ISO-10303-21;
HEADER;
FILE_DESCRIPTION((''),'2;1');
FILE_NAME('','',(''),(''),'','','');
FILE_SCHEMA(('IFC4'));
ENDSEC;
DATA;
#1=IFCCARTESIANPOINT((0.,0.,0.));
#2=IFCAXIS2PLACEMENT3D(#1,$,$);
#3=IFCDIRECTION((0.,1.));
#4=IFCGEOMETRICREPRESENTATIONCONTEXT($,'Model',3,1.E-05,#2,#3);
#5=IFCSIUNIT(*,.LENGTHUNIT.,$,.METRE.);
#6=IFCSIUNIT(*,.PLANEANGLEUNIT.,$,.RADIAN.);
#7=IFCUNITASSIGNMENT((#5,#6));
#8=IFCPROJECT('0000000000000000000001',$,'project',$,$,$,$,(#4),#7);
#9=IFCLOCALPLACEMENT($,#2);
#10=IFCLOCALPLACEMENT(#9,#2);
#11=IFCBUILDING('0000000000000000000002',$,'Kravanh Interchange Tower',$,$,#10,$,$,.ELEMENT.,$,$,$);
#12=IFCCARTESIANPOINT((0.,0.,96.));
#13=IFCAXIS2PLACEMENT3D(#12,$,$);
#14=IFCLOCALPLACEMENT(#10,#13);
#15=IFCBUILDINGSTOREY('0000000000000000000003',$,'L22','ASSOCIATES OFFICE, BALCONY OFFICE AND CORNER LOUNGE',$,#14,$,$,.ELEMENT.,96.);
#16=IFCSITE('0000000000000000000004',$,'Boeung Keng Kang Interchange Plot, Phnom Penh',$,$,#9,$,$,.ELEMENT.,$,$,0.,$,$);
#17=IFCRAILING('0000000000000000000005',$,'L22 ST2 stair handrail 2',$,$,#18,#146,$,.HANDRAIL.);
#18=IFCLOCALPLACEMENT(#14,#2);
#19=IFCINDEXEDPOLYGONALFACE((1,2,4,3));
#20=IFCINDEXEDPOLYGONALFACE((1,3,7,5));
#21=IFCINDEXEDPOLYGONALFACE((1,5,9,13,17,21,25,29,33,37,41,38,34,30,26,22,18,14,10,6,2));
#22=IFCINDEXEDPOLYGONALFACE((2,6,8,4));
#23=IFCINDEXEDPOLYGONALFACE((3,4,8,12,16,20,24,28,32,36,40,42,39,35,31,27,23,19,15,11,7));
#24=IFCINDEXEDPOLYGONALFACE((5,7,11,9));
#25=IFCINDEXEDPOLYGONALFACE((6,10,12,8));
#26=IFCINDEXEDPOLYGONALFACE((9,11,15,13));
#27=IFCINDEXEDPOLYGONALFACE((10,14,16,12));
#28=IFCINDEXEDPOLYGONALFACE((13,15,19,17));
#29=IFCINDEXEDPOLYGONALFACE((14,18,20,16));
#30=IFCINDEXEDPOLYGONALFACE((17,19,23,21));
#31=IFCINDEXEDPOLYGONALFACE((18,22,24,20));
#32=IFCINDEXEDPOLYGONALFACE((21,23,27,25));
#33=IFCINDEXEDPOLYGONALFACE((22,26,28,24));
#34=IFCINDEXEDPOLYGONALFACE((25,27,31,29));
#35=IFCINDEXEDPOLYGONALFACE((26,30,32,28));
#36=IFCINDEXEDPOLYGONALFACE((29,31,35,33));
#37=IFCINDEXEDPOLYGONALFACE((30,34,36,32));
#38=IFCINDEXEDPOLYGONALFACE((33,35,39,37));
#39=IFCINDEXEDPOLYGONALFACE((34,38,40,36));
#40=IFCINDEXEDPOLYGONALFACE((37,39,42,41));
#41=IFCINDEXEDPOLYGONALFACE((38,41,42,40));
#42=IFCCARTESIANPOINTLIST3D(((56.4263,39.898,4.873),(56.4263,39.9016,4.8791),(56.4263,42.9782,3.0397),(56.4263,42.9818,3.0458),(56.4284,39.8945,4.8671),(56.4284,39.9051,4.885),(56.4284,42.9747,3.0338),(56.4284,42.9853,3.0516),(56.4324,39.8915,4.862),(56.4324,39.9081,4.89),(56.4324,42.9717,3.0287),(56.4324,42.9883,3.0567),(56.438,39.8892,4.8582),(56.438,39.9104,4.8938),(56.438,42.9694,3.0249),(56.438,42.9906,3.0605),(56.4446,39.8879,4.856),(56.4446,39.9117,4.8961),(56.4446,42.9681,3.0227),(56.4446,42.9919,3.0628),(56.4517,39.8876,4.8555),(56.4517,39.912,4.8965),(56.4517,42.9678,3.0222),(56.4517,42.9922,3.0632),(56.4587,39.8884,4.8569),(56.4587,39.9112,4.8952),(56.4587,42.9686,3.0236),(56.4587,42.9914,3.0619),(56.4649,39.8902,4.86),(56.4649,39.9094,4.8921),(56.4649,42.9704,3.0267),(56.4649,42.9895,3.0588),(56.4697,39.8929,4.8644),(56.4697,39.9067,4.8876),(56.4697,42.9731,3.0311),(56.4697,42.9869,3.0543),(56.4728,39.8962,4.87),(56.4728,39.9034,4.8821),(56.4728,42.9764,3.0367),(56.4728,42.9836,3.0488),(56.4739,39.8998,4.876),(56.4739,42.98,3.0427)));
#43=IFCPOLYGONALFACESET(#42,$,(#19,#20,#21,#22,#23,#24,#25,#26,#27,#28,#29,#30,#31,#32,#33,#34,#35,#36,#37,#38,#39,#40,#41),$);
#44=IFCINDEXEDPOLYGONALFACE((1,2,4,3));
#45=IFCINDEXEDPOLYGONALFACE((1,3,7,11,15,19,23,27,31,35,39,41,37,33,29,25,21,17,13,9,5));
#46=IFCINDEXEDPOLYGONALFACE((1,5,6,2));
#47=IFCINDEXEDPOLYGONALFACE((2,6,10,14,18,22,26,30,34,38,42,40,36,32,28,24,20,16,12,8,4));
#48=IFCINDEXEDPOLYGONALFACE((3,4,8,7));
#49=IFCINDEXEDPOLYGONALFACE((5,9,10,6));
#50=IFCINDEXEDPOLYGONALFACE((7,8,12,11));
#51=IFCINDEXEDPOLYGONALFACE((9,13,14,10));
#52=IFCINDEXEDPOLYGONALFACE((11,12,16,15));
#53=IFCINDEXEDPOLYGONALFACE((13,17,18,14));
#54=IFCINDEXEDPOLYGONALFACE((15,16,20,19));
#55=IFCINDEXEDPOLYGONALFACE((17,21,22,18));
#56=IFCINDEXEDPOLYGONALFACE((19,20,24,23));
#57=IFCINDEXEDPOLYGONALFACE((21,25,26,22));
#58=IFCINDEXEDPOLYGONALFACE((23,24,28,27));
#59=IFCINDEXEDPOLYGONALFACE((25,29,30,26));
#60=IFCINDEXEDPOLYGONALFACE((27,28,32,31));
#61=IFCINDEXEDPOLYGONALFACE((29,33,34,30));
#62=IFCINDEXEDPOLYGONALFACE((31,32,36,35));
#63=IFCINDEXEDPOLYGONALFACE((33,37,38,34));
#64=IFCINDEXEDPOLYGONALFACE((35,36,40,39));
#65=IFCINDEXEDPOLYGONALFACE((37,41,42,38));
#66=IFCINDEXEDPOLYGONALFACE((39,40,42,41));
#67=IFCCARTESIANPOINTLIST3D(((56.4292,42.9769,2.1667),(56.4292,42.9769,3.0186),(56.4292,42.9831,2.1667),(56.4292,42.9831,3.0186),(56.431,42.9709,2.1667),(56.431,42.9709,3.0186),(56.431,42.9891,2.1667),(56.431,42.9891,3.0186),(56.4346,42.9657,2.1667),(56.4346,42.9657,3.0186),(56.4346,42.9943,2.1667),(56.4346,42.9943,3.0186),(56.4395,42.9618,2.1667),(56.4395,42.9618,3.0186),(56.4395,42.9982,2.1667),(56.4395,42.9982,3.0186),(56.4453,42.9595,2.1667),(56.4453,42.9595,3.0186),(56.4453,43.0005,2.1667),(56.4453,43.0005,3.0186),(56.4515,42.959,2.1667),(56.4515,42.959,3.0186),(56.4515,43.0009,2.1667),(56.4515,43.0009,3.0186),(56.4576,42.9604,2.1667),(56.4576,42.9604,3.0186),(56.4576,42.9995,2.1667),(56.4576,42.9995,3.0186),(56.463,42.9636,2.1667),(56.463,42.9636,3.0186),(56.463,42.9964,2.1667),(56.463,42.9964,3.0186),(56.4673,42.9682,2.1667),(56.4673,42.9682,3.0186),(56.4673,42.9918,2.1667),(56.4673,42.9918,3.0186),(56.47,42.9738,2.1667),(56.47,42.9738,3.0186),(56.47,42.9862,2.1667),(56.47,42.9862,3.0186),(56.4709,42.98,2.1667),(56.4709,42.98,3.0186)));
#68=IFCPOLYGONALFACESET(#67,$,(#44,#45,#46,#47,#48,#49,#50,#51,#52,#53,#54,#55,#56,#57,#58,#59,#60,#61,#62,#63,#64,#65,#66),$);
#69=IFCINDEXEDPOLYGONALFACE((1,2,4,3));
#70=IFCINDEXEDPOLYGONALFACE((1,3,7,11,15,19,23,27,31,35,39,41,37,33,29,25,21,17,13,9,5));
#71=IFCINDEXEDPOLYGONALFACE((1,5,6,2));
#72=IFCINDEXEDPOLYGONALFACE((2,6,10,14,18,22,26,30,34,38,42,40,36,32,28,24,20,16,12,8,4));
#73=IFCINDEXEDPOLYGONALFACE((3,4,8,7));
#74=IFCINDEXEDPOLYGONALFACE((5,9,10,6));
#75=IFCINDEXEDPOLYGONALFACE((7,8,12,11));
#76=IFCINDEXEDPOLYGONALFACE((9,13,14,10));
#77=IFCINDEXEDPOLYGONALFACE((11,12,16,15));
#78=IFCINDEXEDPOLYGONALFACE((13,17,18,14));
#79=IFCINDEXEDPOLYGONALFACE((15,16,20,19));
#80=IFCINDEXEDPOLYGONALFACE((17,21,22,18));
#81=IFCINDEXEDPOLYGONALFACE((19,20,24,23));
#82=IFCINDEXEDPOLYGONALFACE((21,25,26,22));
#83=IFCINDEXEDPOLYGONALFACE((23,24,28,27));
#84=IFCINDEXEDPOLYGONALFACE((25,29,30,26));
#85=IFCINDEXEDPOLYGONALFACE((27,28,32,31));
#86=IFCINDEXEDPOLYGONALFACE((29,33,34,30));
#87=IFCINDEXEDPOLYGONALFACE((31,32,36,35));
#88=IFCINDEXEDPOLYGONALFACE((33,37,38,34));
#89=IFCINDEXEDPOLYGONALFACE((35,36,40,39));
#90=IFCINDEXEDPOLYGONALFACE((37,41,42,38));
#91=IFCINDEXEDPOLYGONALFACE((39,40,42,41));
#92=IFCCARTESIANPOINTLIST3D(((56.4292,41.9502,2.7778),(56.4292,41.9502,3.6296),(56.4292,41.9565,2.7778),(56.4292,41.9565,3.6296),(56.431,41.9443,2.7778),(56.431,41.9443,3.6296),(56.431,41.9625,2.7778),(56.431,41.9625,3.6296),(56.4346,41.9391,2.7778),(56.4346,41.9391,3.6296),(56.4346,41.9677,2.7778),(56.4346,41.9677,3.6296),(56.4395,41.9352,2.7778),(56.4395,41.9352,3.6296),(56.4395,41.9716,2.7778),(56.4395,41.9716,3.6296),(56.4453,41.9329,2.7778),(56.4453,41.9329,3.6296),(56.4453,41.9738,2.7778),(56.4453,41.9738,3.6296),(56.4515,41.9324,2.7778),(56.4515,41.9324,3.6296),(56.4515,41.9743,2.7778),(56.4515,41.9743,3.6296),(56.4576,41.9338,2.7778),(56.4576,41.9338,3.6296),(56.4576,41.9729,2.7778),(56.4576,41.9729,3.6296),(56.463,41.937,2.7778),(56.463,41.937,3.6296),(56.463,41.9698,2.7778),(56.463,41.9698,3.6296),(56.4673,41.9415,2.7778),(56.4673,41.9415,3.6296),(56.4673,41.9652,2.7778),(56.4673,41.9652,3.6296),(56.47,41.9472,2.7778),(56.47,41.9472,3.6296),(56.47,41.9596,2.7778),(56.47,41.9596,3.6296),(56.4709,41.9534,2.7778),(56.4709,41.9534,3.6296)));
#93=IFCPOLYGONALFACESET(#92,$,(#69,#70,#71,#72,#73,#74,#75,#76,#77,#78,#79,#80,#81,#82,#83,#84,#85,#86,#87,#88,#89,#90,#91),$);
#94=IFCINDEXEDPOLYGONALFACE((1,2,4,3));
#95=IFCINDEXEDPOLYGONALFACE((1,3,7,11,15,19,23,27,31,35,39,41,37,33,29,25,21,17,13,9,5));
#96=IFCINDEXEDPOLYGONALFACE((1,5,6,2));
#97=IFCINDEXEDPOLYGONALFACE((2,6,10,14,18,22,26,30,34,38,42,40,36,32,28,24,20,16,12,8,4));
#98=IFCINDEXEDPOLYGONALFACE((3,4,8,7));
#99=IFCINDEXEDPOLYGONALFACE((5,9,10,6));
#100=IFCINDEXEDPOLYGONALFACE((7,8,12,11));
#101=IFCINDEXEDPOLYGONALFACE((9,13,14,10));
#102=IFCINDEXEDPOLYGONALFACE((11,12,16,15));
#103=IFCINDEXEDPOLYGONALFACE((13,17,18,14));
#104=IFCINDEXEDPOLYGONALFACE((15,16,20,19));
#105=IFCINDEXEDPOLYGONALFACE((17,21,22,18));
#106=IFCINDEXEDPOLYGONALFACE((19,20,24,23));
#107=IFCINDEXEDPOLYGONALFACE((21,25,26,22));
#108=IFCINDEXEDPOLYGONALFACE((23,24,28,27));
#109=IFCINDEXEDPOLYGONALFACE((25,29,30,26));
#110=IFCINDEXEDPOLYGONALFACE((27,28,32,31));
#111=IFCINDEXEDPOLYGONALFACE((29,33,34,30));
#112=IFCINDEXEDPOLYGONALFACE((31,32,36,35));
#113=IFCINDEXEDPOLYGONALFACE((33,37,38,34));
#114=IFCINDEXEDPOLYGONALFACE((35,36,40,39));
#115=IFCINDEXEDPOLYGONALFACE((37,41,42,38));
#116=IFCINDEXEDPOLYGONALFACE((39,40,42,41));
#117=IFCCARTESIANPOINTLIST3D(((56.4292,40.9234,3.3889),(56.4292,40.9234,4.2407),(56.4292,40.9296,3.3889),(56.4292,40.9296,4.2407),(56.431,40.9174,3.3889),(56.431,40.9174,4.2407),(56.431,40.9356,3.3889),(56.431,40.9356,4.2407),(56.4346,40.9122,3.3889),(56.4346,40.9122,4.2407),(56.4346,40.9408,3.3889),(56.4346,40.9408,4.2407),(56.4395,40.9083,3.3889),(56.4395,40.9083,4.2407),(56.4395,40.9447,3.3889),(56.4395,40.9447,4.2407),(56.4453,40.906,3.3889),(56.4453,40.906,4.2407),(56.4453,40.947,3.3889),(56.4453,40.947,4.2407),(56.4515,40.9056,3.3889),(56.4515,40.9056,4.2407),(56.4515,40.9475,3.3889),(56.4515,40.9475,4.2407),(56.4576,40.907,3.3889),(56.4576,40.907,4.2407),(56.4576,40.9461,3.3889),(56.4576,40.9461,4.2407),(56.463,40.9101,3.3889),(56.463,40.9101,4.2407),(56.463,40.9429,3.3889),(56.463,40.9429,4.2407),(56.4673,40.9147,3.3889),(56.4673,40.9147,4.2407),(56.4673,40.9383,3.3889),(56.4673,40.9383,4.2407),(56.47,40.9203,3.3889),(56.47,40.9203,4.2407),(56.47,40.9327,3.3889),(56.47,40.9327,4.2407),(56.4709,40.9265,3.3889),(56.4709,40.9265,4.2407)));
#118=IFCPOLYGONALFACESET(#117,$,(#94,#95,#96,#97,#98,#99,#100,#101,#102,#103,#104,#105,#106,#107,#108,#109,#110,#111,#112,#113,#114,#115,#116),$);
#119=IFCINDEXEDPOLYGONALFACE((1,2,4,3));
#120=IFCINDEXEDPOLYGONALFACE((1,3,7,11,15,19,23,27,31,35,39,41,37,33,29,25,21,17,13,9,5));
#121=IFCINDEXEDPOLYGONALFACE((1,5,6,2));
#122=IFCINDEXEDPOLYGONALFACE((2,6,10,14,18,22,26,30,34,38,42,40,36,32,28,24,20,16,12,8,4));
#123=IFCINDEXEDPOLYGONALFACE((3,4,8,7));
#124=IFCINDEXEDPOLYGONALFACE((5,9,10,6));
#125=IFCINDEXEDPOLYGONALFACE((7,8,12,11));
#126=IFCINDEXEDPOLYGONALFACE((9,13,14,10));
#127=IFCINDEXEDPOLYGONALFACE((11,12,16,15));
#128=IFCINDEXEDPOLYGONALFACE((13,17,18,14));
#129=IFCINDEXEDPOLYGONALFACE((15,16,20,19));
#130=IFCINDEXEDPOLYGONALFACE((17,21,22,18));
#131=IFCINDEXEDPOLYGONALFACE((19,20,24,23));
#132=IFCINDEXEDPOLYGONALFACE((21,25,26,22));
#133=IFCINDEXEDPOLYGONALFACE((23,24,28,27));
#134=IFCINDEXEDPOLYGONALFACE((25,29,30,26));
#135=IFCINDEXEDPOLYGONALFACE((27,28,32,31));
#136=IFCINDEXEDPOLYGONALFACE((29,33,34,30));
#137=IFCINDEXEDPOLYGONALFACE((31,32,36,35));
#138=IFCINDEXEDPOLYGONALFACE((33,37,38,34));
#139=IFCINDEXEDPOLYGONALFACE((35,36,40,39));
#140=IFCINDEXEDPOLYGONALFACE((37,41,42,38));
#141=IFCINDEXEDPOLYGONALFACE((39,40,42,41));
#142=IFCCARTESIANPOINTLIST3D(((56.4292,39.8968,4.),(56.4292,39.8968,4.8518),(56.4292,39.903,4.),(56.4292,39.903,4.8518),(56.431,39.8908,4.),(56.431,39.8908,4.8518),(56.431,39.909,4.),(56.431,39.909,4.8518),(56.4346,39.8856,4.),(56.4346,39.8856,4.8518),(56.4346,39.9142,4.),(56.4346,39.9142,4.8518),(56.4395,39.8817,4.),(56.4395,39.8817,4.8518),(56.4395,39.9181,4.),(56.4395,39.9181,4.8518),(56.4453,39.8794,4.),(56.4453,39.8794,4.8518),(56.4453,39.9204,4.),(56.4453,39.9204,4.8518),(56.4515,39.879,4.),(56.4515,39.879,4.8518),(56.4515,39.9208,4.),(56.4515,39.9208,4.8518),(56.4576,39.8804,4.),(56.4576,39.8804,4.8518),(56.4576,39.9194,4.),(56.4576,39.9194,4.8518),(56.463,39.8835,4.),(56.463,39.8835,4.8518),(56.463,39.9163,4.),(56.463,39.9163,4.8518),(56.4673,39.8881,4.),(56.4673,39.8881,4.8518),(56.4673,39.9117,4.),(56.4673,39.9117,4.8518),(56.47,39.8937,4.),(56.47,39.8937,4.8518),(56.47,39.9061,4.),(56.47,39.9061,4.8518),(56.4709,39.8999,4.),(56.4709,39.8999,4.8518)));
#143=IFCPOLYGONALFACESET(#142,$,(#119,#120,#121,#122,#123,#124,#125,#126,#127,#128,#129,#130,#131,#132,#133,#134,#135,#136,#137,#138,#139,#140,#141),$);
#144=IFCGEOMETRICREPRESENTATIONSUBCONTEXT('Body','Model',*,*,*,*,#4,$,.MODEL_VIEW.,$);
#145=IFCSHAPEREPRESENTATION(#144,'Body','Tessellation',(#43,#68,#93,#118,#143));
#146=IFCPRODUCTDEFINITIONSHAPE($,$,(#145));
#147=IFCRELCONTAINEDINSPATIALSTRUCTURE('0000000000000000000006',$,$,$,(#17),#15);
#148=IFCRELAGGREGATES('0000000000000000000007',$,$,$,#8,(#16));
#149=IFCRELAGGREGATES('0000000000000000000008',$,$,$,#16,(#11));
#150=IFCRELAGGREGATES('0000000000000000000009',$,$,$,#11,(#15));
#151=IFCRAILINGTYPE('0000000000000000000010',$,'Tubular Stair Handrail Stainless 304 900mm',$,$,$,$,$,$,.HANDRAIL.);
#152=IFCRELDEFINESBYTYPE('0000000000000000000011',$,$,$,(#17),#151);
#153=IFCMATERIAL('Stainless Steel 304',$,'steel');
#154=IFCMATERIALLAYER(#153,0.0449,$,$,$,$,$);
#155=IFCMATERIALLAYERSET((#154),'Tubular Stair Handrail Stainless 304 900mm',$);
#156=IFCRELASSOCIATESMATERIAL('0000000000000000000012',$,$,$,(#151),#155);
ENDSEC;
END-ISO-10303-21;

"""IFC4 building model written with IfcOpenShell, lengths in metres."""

from ifc_helpers import new_model, si_unit, direction, frame, origin, origin_2d, place, context, subcontext, project, spatial, circle, extrude, material, layer, layer_set, type_object, element, save


model = new_model("IFC4")

# Units and contexts
model_context = context("Model", 3, precision=1e-05, world=origin(), true_north=direction((0.0, 1.0)))
body_context = subcontext(model_context, "Body", "Model", "MODEL_VIEW")
ifc_project = project(units=[si_unit("LENGTHUNIT", "METRE"), si_unit("PLANEANGLEUNIT", "RADIAN")], contexts=[model_context])

# Site, building, storey
site_placement = place(None, origin())
site = spatial("IfcSite", under=ifc_project, at=site_placement, Name="Boeung Keng Kang Interchange Plot, Phnom Penh", CompositionType="ELEMENT", RefElevation=0.0)
building_placement = place(site_placement, origin())
building = spatial("IfcBuilding", under=site, at=building_placement, Name="Kravanh Interchange Tower", CompositionType="ELEMENT")
storey_placement = place(building_placement, frame((0.0, 0.0, 96.0)))
storey = spatial("IfcBuildingStorey", under=building, at=storey_placement, Name="L22", Description="ASSOCIATES OFFICE, BALCONY OFFICE AND CORNER LOUNGE", CompositionType="ELEMENT", Elevation=96.0)

# Railing
ifc_material_1 = material(Name="Stainless Steel 304", Category="steel")
ifc_layer_1 = layer(ifc_material_1, 0.0449)
ifc_layer_set_1 = layer_set([ifc_layer_1], Name="Tubular Stair Handrail Stainless 304 900mm")
railing_type = type_object("IfcRailingType", Name="Tubular Stair Handrail Stainless 304 900mm", PredefinedType="HANDRAIL", material=ifc_layer_set_1)
railing_placement = place(storey_placement, frame((56.45, 42.98, 2.1667)))
element("IfcRailing", 1, at=railing_placement, inside=storey, type_object=railing_type, Name="L22 ST2 stair handrail 2", PredefinedType="HANDRAIL", context=body_context, shape_type="SweptSolid", body=[
    extrude(circle(Radius=0.0239, at=origin_2d()), frame((0.0, 0.0, 0.876), z_axis=(0.0, -0.859309, 0.511458), x_axis=(1.0, 0.0, 0.0)), (0.0, 0.0, 1.0), 3.5845),
    extrude(circle(Radius=0.021, at=origin_2d()), origin(), (0.0, 0.0, 1.0), 0.8518),
    extrude(circle(Radius=0.021, at=origin_2d()), frame((0.0, -1.0266, 0.6111)), (0.0, 0.0, 1.0), 0.8518),
    extrude(circle(Radius=0.021, at=origin_2d()), frame((0.0, -2.0535, 1.2222)), (0.0, 0.0, 1.0), 0.8518),
    extrude(circle(Radius=0.021, at=origin_2d()), frame((0.0, -3.0801, 1.8333)), (0.0, 0.0, 1.0), 0.8518),
])

save(model, "model.ifc")
